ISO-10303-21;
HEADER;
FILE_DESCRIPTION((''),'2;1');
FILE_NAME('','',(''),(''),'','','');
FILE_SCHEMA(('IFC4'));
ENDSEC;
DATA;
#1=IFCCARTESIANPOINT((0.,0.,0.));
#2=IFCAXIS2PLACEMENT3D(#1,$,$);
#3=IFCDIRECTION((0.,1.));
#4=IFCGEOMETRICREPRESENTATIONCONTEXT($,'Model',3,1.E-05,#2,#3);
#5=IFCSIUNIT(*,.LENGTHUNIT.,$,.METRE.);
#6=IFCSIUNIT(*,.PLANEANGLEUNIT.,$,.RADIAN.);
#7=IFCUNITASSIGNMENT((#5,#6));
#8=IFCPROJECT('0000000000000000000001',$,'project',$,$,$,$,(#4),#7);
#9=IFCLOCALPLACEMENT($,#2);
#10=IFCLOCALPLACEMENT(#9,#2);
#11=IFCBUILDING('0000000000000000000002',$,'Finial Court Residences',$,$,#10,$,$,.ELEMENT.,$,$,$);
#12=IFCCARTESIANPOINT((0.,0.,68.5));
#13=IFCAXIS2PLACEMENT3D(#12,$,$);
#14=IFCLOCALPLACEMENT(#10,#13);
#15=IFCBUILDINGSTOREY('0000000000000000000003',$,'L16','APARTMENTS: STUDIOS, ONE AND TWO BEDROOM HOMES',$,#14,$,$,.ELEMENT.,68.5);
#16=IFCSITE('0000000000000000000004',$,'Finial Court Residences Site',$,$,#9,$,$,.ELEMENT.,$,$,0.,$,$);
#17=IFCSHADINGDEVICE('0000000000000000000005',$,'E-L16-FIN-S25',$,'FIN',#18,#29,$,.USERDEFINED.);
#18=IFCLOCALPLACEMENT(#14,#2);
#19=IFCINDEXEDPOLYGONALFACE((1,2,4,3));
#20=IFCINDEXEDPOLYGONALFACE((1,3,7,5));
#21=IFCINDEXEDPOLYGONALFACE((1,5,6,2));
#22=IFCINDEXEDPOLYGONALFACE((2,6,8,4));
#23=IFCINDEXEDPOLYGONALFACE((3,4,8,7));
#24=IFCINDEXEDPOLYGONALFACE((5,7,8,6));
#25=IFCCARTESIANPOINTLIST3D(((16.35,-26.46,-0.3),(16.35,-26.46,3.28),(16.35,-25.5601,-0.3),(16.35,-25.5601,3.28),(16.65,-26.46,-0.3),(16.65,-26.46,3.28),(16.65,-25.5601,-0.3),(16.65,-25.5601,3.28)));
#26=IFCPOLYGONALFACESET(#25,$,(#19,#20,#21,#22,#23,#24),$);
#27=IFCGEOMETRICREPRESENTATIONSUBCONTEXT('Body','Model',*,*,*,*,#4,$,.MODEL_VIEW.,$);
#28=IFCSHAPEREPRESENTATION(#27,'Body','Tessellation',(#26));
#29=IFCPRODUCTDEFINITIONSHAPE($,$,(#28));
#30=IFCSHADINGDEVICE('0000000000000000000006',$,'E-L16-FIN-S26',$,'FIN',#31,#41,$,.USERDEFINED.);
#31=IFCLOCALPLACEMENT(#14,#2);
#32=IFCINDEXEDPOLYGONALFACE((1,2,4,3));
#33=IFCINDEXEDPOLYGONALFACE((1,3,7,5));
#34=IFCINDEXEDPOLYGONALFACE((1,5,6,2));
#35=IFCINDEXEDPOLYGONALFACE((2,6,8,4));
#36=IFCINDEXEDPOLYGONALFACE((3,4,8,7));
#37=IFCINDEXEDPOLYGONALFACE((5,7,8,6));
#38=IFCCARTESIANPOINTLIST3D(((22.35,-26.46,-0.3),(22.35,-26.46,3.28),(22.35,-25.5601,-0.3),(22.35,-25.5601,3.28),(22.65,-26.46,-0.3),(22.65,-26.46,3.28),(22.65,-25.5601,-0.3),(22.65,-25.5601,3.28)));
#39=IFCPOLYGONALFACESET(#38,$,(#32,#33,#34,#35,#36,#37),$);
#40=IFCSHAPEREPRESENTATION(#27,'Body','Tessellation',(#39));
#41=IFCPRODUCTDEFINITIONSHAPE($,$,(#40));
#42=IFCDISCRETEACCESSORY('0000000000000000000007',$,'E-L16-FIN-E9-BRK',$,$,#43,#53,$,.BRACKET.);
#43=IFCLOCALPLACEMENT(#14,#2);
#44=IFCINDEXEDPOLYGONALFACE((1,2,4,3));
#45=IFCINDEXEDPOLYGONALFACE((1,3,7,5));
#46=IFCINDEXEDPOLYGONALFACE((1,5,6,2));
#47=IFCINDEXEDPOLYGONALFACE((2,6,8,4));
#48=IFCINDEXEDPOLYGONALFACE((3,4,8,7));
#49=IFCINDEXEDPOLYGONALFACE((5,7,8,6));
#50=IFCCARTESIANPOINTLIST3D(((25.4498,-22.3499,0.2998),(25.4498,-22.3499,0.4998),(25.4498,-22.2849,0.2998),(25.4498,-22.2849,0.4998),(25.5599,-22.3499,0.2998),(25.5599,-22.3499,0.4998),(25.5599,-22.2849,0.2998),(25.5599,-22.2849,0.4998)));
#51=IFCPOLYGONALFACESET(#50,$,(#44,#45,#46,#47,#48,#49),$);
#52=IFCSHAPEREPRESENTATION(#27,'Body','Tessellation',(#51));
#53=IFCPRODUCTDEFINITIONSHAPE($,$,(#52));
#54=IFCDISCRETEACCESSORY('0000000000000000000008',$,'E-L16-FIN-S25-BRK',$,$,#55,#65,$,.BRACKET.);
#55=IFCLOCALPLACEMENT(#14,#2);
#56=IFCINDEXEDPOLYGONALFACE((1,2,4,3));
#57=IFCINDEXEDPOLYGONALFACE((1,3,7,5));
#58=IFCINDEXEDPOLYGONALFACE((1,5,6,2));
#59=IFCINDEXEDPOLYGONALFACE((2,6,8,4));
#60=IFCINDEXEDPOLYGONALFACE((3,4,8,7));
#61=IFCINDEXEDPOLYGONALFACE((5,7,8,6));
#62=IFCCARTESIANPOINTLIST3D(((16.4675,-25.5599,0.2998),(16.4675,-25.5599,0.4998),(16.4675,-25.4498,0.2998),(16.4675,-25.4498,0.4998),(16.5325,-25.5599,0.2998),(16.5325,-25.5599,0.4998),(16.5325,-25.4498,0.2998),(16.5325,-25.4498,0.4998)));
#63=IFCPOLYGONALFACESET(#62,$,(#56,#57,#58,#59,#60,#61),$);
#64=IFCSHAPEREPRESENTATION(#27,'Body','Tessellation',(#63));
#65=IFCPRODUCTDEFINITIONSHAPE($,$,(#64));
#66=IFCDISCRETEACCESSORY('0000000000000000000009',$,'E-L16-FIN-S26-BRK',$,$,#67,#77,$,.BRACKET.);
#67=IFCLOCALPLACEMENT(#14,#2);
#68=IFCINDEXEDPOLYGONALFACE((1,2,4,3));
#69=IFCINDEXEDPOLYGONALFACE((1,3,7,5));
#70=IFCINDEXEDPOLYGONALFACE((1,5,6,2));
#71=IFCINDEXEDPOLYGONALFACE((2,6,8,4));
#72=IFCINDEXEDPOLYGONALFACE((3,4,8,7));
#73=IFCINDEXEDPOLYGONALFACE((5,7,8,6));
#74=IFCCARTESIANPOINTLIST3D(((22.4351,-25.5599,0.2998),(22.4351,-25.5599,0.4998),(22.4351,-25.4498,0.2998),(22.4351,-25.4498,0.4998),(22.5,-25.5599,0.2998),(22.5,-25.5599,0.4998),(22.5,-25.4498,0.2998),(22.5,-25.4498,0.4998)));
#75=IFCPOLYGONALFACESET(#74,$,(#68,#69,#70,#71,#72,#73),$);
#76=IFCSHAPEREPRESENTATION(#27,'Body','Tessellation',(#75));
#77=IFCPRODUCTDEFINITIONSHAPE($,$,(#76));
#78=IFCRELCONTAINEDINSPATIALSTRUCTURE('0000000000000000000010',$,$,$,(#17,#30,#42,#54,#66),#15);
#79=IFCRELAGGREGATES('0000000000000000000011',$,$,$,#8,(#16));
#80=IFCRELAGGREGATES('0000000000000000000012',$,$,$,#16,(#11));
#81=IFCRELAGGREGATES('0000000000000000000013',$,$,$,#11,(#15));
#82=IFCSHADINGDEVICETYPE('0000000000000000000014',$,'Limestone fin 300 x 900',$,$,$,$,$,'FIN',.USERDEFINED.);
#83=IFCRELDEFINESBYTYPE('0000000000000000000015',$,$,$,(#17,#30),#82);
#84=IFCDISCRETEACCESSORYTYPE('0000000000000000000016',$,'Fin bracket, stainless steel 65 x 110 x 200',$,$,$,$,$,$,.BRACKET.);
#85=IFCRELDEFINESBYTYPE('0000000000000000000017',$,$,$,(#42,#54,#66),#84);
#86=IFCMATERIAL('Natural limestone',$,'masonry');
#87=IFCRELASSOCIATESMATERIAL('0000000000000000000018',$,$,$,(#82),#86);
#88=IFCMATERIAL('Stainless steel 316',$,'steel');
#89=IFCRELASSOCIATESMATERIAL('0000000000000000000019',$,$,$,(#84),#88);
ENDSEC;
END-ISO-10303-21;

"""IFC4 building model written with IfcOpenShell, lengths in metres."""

from ifc_helpers import new_model, si_unit, direction, frame, origin, origin_2d, place, context, subcontext, project, spatial, rectangle, extrude, material, type_object, element, save


model = new_model("IFC4")

# Units and contexts
model_context = context("Model", 3, precision=1e-05, world=origin(), true_north=direction((0.0, 1.0)))
body_context = subcontext(model_context, "Body", "Model", "MODEL_VIEW")
ifc_project = project(units=[si_unit("LENGTHUNIT", "METRE"), si_unit("PLANEANGLEUNIT", "RADIAN")], contexts=[model_context])

# Site, building, storey
site_placement = place(None, origin())
site = spatial("IfcSite", under=ifc_project, at=site_placement, Name="Finial Court Residences Site", CompositionType="ELEMENT", RefElevation=0.0)
building_placement = place(site_placement, origin())
building = spatial("IfcBuilding", under=site, at=building_placement, Name="Finial Court Residences", CompositionType="ELEMENT")
storey_placement = place(building_placement, frame((0.0, 0.0, 68.5)))
storey = spatial("IfcBuildingStorey", under=building, at=storey_placement, Name="L16", Description="APARTMENTS: STUDIOS, ONE AND TWO BEDROOM HOMES", CompositionType="ELEMENT", Elevation=68.5)

# Shared definitions
ifc_material_1 = material(Name="Natural limestone", Category="masonry")

# Shading devices
shading_device_type = type_object("IfcShadingDeviceType", Name="Limestone fin 300 x 900", ElementType="FIN", PredefinedType="USERDEFINED", material=ifc_material_1)
for number, where, z_axis, x_axis, name in (
    (1, (16.5, -26.01, -0.3), (0.0, 0.0, 1.0), (1.0, 0.0, 0.0), "E-L16-FIN-S25"),
    (2, (22.5, -26.01, -0.3), (0.0, 0.0, 1.0), (1.0, 0.0, 0.0), "E-L16-FIN-S26"),
):
    element("IfcShadingDevice", number, at=place(storey_placement, frame(where, z_axis=z_axis, x_axis=x_axis)), inside=storey, type_object=shading_device_type, Name=name, ObjectType="FIN", PredefinedType="USERDEFINED", context=body_context, shape_type="SweptSolid", body=[
        extrude(rectangle(XDim=0.3, YDim=0.8999, at=origin_2d()), origin(), (0.0, 0.0, 1.0), 3.5801),
    ])

# Discrete accessories
ifc_material_2 = material(Name="Stainless steel 316", Category="steel")
discrete_accessory_type = type_object("IfcDiscreteAccessoryType", Name="Fin bracket, stainless steel 65 x 110 x 200", PredefinedType="BRACKET", material=ifc_material_2)
discrete_accessory_placement = place(storey_placement, frame((25.5049, -22.3174, 0.2998), z_axis=(0.0, 0.0, 1.0), x_axis=(1.0, 0.0, 0.0)))
element("IfcDiscreteAccessory", 3, at=discrete_accessory_placement, inside=storey, type_object=discrete_accessory_type, Name="E-L16-FIN-E9-BRK", PredefinedType="BRACKET", context=body_context, shape_type="SweptSolid", body=[
    extrude(rectangle(XDim=0.1101, YDim=0.0649, at=origin_2d()), origin(), (0.0, 0.0, 1.0), 0.2),
])
for number, where, z_axis, x_axis, name in (
    (4, (16.5, -25.5049, 0.2998), (0.0, 0.0, 1.0), (1.0, 0.0, 0.0), "E-L16-FIN-S25-BRK"),
    (5, (22.4675, -25.5049, 0.2998), (0.0, 0.0, 1.0), (1.0, 0.0, 0.0), "E-L16-FIN-S26-BRK"),
):
    element("IfcDiscreteAccessory", number, at=place(storey_placement, frame(where, z_axis=z_axis, x_axis=x_axis)), inside=storey, type_object=discrete_accessory_type, Name=name, PredefinedType="BRACKET", context=body_context, shape_type="SweptSolid", body=[
        extrude(rectangle(XDim=0.0649, YDim=0.1101, at=origin_2d()), origin(), (0.0, 0.0, 1.0), 0.2),
    ])

save(model, "model.ifc")
